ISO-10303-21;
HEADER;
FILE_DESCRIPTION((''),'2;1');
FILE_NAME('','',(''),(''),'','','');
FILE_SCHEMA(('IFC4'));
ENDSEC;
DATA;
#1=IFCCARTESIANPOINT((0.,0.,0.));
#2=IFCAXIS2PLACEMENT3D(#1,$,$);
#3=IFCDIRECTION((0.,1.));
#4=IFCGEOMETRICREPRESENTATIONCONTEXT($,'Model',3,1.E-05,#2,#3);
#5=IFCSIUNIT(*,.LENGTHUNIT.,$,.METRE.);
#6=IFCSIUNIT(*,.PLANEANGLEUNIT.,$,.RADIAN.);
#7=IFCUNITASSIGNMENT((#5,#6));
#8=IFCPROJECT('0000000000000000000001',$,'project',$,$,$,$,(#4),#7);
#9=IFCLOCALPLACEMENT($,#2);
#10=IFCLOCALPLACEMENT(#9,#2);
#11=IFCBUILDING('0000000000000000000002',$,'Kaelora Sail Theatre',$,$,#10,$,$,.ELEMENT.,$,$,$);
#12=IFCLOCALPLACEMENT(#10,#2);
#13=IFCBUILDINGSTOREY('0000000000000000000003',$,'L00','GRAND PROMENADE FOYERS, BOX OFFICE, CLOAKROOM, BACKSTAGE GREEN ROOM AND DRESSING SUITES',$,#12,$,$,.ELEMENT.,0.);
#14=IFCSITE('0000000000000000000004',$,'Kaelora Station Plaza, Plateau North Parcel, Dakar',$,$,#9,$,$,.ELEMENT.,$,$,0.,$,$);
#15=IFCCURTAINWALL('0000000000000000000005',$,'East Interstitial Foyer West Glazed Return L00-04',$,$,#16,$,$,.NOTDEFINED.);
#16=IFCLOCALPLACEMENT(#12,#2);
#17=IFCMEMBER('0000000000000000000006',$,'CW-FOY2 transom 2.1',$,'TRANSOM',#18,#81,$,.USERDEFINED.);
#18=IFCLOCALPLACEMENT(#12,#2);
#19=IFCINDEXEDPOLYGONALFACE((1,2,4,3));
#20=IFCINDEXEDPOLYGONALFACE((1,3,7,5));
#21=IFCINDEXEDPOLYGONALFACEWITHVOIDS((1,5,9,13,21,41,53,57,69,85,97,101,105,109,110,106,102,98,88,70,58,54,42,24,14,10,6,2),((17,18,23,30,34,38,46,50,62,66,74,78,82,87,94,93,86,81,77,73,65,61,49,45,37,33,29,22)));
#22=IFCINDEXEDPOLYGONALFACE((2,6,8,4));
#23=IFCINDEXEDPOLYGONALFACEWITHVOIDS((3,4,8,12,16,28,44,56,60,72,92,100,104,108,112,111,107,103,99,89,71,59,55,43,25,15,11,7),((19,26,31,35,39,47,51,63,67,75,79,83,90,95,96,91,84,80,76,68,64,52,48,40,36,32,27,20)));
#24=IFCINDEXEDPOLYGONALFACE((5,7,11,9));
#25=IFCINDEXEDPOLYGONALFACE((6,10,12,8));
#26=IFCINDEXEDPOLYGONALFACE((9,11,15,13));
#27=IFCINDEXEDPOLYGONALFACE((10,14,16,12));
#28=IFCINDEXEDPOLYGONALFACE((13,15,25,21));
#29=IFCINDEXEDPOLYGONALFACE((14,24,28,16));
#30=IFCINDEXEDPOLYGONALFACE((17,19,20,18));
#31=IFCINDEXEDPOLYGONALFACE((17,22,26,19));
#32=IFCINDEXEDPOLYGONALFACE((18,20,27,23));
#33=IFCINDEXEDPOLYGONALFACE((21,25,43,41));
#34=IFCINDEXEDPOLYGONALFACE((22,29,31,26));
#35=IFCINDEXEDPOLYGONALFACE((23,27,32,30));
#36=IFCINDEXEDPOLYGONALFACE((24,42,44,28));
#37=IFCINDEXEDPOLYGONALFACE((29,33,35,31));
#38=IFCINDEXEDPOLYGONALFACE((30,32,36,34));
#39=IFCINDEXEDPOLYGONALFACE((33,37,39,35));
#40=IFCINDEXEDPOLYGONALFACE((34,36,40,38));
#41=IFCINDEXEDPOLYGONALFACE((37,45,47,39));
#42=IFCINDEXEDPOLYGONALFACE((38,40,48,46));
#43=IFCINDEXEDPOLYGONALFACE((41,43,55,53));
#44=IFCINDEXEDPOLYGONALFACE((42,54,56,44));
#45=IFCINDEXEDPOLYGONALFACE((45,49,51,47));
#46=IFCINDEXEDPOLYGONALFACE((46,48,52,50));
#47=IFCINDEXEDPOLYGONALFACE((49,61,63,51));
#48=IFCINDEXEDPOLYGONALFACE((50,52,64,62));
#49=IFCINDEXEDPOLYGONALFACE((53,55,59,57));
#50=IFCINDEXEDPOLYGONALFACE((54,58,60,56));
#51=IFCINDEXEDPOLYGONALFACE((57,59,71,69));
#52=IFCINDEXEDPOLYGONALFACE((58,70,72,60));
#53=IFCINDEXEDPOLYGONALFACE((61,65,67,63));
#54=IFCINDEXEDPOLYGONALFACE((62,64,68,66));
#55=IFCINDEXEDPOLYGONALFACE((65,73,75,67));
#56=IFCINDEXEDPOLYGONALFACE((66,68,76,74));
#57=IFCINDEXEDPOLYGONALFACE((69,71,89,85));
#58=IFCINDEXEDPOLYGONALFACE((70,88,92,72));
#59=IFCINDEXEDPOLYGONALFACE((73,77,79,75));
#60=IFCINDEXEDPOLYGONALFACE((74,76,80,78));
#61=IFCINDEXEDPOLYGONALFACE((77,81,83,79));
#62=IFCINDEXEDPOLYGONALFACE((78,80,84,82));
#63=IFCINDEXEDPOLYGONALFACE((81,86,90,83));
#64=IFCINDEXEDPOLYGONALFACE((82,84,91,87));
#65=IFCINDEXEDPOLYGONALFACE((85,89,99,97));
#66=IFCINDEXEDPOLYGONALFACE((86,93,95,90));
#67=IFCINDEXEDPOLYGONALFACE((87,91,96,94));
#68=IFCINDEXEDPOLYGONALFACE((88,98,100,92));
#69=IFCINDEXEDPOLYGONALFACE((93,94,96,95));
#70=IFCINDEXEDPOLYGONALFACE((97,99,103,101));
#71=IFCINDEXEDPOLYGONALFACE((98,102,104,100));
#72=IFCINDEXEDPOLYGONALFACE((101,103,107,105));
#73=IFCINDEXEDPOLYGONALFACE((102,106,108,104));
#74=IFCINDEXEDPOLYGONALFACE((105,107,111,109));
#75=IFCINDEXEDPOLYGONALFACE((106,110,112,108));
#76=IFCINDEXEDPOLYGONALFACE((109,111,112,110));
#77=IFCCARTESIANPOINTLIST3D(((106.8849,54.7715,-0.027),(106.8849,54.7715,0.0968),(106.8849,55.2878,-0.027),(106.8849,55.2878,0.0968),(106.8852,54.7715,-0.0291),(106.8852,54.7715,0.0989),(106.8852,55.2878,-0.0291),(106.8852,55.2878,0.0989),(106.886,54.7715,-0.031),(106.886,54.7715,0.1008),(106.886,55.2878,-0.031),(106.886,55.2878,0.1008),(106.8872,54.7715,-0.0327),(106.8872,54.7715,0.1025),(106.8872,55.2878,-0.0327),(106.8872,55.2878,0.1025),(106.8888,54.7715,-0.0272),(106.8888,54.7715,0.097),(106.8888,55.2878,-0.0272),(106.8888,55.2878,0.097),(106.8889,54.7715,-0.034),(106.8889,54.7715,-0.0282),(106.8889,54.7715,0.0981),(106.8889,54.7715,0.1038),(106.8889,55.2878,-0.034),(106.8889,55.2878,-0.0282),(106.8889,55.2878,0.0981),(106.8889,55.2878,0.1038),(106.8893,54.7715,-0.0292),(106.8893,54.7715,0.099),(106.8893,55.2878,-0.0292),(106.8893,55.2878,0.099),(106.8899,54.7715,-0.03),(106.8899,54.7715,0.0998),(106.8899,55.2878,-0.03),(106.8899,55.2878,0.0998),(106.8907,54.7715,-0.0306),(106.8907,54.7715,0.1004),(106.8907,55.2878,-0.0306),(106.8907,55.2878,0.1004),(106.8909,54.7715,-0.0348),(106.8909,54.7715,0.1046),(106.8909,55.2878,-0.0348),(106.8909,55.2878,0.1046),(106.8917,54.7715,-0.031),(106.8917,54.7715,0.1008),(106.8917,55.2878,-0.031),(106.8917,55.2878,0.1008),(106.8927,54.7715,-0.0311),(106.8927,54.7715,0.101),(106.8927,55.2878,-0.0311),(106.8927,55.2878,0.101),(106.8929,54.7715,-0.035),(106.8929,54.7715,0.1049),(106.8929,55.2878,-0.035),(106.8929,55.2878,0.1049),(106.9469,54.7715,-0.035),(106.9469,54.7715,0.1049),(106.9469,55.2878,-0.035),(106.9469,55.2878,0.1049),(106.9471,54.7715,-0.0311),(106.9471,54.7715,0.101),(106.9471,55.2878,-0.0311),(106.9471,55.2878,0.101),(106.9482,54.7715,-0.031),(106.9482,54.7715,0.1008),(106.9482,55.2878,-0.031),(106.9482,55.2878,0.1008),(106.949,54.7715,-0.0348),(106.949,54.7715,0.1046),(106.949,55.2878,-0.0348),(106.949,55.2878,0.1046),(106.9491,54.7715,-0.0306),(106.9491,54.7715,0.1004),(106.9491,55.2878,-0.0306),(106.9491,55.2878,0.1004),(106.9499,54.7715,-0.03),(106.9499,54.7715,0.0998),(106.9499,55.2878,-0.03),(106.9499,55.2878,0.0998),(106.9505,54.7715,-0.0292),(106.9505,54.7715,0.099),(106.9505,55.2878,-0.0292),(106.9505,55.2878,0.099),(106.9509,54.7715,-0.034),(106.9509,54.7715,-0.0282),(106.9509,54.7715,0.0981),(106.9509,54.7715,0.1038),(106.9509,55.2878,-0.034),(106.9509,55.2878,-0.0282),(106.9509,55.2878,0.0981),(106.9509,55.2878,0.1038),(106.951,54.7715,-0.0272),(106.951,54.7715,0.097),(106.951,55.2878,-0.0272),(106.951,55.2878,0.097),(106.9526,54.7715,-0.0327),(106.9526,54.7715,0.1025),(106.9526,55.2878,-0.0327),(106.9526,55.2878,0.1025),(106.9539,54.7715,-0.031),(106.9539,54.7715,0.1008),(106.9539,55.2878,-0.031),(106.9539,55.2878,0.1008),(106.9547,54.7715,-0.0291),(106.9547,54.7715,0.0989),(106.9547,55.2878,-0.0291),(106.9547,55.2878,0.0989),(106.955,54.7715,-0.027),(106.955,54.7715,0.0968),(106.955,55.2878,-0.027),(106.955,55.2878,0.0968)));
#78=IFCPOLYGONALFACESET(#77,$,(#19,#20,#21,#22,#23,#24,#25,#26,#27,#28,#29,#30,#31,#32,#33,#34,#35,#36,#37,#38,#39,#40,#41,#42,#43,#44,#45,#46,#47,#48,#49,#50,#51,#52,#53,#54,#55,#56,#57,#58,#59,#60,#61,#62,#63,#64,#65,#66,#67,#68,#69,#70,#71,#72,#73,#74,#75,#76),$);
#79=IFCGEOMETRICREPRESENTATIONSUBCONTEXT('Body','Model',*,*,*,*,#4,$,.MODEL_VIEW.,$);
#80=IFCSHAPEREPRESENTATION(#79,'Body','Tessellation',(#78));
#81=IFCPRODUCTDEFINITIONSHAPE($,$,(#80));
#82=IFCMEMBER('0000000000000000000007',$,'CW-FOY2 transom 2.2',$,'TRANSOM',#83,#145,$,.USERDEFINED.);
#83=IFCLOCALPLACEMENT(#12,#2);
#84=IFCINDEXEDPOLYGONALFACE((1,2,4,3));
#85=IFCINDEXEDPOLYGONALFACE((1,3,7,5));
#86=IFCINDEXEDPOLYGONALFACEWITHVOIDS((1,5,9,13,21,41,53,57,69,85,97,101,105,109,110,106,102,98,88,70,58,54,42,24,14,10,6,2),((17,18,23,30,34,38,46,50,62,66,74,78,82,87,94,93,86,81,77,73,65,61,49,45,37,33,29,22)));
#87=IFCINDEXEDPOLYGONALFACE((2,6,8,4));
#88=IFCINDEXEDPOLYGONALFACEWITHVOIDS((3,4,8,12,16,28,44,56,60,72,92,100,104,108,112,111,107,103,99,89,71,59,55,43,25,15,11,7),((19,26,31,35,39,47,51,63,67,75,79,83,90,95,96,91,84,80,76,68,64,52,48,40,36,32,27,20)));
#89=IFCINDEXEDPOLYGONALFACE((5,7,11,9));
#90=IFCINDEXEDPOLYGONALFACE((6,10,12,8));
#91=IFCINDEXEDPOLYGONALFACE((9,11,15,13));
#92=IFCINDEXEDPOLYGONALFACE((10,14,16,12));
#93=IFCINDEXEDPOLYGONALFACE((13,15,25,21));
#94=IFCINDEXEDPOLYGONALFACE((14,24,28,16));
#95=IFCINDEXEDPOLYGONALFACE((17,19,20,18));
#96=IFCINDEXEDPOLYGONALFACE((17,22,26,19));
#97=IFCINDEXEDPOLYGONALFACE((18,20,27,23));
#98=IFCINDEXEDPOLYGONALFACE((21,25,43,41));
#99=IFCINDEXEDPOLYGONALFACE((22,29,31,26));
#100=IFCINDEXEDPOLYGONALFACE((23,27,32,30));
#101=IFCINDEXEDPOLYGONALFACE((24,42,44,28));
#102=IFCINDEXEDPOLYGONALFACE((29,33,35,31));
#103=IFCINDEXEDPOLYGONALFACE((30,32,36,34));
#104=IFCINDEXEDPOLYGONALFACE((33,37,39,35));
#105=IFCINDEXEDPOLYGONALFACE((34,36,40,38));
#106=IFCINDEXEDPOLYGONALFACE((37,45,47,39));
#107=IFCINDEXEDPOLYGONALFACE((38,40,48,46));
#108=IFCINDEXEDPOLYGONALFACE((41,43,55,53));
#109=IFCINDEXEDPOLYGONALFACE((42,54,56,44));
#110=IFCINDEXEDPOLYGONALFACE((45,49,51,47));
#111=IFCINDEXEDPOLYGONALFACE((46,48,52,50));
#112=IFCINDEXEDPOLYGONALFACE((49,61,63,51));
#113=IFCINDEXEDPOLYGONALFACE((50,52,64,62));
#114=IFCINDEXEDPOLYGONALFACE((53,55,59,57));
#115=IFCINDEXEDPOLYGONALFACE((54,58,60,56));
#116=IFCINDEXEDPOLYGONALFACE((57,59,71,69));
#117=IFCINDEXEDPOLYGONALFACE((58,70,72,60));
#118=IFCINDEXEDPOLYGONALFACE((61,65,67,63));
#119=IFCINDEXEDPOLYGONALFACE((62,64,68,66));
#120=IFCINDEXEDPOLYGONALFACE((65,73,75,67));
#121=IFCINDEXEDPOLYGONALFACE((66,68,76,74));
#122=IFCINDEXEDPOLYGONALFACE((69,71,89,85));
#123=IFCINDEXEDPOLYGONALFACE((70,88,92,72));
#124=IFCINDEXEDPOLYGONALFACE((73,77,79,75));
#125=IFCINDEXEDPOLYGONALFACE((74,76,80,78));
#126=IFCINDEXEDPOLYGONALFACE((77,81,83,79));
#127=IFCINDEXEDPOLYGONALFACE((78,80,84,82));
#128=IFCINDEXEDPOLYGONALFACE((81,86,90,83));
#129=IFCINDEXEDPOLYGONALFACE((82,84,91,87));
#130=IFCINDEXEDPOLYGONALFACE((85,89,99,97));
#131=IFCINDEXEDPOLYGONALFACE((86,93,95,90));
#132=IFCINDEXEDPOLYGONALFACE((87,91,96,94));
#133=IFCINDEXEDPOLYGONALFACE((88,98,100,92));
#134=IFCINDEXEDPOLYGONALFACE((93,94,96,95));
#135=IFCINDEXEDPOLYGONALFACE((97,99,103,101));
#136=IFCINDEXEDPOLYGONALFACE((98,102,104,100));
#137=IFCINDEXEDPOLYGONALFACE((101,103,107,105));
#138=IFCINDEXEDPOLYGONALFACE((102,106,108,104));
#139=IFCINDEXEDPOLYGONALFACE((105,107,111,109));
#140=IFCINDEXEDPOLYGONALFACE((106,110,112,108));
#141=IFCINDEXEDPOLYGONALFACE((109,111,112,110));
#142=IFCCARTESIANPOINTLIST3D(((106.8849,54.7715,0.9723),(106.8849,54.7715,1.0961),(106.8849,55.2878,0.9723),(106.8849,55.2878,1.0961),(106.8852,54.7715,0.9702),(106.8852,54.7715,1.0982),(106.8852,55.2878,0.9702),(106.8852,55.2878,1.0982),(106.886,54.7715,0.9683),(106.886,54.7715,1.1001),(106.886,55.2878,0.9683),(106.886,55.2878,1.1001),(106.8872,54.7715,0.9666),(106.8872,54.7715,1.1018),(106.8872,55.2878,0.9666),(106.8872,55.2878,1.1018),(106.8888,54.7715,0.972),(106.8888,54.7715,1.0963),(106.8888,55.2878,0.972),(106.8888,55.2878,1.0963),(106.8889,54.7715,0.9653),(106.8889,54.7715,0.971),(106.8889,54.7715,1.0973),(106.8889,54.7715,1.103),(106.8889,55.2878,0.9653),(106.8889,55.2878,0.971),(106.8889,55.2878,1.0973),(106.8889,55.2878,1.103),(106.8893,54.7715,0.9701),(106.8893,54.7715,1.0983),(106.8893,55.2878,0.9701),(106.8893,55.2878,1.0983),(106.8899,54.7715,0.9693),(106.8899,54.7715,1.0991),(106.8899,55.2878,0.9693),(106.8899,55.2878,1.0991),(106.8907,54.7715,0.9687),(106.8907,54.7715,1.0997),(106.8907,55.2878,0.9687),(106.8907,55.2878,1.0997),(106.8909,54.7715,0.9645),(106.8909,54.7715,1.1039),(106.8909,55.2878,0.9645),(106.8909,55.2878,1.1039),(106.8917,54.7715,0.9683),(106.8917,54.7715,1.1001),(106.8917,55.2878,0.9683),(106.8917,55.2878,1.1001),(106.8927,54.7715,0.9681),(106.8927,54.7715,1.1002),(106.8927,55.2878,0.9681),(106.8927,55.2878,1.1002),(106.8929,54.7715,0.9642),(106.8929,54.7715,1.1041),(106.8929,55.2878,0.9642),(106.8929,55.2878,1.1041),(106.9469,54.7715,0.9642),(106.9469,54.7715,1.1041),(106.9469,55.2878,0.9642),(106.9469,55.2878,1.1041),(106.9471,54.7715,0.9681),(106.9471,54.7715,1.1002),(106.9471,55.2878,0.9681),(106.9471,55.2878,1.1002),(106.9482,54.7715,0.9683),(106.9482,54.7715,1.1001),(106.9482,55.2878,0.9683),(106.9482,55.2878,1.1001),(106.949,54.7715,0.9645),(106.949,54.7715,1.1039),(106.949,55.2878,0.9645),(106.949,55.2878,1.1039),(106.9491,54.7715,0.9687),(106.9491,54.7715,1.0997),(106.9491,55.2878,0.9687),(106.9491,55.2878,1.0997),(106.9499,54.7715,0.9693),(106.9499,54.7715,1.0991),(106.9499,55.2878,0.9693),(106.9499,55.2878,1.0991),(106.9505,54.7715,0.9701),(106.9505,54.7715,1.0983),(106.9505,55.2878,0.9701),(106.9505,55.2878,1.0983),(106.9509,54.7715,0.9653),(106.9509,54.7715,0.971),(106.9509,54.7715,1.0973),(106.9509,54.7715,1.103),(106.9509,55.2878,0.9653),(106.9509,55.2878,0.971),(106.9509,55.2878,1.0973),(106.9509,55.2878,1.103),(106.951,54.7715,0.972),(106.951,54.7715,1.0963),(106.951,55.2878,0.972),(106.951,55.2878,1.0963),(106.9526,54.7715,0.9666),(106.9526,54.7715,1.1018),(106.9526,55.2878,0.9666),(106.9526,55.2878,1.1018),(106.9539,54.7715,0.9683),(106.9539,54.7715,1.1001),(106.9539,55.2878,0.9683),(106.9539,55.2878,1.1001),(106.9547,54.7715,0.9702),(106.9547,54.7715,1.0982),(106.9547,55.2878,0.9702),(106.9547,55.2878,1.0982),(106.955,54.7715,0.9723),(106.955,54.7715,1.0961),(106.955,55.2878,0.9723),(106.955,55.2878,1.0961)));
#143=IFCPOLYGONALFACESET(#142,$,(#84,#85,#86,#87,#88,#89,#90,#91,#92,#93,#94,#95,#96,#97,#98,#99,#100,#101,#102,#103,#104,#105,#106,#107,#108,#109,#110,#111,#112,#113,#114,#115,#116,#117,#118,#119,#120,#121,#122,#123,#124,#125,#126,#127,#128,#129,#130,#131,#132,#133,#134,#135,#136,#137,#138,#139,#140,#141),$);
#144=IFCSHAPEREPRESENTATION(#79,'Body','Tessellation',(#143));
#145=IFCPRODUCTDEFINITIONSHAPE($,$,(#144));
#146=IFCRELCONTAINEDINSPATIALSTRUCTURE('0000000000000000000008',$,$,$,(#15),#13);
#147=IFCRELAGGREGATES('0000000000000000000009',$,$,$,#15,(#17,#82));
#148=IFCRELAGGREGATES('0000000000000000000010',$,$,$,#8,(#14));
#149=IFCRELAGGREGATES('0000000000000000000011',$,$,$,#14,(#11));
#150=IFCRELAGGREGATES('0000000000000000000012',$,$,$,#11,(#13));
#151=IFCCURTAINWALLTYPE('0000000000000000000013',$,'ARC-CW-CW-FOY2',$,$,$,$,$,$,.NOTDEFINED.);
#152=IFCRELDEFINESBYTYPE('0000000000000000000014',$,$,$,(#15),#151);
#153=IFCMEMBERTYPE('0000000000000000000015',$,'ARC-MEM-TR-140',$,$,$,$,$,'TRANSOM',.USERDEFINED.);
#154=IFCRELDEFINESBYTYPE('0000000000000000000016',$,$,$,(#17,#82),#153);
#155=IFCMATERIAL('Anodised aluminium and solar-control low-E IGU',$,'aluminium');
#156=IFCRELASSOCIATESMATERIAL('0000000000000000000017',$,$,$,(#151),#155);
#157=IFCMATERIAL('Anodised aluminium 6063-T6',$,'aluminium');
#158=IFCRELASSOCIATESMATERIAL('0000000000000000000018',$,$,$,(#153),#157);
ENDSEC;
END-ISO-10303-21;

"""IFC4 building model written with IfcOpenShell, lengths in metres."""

from ifc_helpers import new_model, si_unit, direction, frame, origin, origin_2d, place, context, subcontext, project, spatial, hollow_rectangle, extrude, material, material_profile, profile_set, type_object, element, aggregate, save


model = new_model("IFC4")

# Units and contexts
model_context = context("Model", 3, precision=1e-05, world=origin(), true_north=direction((0.0, 1.0)))
body_context = subcontext(model_context, "Body", "Model", "MODEL_VIEW")
ifc_project = project(units=[si_unit("LENGTHUNIT", "METRE"), si_unit("PLANEANGLEUNIT", "RADIAN")], contexts=[model_context])

# Site, building, storey
site_placement = place(None, origin())
site = spatial("IfcSite", under=ifc_project, at=site_placement, Name="Kaelora Station Plaza, Plateau North Parcel, Dakar", CompositionType="ELEMENT", RefElevation=0.0)
building_placement = place(site_placement, origin())
building = spatial("IfcBuilding", under=site, at=building_placement, Name="Kaelora Sail Theatre", CompositionType="ELEMENT")
storey_placement = place(building_placement, origin())
storey = spatial("IfcBuildingStorey", under=building, at=storey_placement, Name="L00", Description="GRAND PROMENADE FOYERS, BOX OFFICE, CLOAKROOM, BACKSTAGE GREEN ROOM AND DRESSING SUITES", CompositionType="ELEMENT", Elevation=0.0)

# Curtain wall, members
ifc_material_1 = material(Name="Anodised aluminium and solar-control low-E IGU", Category="aluminium")
curtain_wall_type = type_object("IfcCurtainWallType", Name="ARC-CW-CW-FOY2", PredefinedType="NOTDEFINED", material=ifc_material_1)
curtain_wall_placement = place(storey_placement, origin())
curtain_wall = element("IfcCurtainWall", 1, at=curtain_wall_placement, inside=storey, type_object=curtain_wall_type, Name="East Interstitial Foyer West Glazed Return L00-04", PredefinedType="NOTDEFINED")
ifc_material_2 = material(Name="Anodised aluminium 6063-T6", Category="aluminium")
ifc_material_profile_1 = material_profile(ifc_material_2, hollow_rectangle(XDim=0.0701, YDim=0.1399, WallThickness=0.0039, InnerFilletRadius=0.0039, OuterFilletRadius=0.0081, at=origin_2d()), Name="ALU-TRAN 70x140x4")
ifc_profile_set_1 = profile_set([ifc_material_profile_1], Name="Anodised aluminium 6063-T6")
member_type_1 = type_object("IfcMemberType", Name="ARC-MEM-TR-140", ElementType="TRANSOM", PredefinedType="USERDEFINED", material=ifc_profile_set_1)
member_1_placement = place(storey_placement, frame((106.9199, 54.7715, 0.0349), z_axis=(0.0, 1.0, 0.0), x_axis=(-1.0, 0.0, 0.0)))
member_1 = element("IfcMember", 2, at=member_1_placement, type_object=member_type_1, Name="CW-FOY2 transom 2.1", ObjectType="TRANSOM", PredefinedType="USERDEFINED", context=body_context, shape_type="SweptSolid", body=[
    extrude(hollow_rectangle(XDim=0.0701, YDim=0.1399, WallThickness=0.0039, InnerFilletRadius=0.0039, OuterFilletRadius=0.0081, at=origin_2d()), origin(), (0.0, 0.0, 1.0), 0.5164),
])
member_2_placement = place(storey_placement, frame((106.9199, 54.7715, 1.0342), z_axis=(0.0, 1.0, 0.0), x_axis=(-1.0, 0.0, 0.0)))
member_2 = element("IfcMember", 3, at=member_2_placement, type_object=member_type_1, Name="CW-FOY2 transom 2.2", ObjectType="TRANSOM", PredefinedType="USERDEFINED", context=body_context, shape_type="SweptSolid", body=[
    extrude(hollow_rectangle(XDim=0.0701, YDim=0.1399, WallThickness=0.0039, InnerFilletRadius=0.0039, OuterFilletRadius=0.0081, at=origin_2d()), origin(), (0.0, 0.0, 1.0), 0.5164),
])
aggregate(curtain_wall, [member_1, member_2])

save(model, "model.ifc")
